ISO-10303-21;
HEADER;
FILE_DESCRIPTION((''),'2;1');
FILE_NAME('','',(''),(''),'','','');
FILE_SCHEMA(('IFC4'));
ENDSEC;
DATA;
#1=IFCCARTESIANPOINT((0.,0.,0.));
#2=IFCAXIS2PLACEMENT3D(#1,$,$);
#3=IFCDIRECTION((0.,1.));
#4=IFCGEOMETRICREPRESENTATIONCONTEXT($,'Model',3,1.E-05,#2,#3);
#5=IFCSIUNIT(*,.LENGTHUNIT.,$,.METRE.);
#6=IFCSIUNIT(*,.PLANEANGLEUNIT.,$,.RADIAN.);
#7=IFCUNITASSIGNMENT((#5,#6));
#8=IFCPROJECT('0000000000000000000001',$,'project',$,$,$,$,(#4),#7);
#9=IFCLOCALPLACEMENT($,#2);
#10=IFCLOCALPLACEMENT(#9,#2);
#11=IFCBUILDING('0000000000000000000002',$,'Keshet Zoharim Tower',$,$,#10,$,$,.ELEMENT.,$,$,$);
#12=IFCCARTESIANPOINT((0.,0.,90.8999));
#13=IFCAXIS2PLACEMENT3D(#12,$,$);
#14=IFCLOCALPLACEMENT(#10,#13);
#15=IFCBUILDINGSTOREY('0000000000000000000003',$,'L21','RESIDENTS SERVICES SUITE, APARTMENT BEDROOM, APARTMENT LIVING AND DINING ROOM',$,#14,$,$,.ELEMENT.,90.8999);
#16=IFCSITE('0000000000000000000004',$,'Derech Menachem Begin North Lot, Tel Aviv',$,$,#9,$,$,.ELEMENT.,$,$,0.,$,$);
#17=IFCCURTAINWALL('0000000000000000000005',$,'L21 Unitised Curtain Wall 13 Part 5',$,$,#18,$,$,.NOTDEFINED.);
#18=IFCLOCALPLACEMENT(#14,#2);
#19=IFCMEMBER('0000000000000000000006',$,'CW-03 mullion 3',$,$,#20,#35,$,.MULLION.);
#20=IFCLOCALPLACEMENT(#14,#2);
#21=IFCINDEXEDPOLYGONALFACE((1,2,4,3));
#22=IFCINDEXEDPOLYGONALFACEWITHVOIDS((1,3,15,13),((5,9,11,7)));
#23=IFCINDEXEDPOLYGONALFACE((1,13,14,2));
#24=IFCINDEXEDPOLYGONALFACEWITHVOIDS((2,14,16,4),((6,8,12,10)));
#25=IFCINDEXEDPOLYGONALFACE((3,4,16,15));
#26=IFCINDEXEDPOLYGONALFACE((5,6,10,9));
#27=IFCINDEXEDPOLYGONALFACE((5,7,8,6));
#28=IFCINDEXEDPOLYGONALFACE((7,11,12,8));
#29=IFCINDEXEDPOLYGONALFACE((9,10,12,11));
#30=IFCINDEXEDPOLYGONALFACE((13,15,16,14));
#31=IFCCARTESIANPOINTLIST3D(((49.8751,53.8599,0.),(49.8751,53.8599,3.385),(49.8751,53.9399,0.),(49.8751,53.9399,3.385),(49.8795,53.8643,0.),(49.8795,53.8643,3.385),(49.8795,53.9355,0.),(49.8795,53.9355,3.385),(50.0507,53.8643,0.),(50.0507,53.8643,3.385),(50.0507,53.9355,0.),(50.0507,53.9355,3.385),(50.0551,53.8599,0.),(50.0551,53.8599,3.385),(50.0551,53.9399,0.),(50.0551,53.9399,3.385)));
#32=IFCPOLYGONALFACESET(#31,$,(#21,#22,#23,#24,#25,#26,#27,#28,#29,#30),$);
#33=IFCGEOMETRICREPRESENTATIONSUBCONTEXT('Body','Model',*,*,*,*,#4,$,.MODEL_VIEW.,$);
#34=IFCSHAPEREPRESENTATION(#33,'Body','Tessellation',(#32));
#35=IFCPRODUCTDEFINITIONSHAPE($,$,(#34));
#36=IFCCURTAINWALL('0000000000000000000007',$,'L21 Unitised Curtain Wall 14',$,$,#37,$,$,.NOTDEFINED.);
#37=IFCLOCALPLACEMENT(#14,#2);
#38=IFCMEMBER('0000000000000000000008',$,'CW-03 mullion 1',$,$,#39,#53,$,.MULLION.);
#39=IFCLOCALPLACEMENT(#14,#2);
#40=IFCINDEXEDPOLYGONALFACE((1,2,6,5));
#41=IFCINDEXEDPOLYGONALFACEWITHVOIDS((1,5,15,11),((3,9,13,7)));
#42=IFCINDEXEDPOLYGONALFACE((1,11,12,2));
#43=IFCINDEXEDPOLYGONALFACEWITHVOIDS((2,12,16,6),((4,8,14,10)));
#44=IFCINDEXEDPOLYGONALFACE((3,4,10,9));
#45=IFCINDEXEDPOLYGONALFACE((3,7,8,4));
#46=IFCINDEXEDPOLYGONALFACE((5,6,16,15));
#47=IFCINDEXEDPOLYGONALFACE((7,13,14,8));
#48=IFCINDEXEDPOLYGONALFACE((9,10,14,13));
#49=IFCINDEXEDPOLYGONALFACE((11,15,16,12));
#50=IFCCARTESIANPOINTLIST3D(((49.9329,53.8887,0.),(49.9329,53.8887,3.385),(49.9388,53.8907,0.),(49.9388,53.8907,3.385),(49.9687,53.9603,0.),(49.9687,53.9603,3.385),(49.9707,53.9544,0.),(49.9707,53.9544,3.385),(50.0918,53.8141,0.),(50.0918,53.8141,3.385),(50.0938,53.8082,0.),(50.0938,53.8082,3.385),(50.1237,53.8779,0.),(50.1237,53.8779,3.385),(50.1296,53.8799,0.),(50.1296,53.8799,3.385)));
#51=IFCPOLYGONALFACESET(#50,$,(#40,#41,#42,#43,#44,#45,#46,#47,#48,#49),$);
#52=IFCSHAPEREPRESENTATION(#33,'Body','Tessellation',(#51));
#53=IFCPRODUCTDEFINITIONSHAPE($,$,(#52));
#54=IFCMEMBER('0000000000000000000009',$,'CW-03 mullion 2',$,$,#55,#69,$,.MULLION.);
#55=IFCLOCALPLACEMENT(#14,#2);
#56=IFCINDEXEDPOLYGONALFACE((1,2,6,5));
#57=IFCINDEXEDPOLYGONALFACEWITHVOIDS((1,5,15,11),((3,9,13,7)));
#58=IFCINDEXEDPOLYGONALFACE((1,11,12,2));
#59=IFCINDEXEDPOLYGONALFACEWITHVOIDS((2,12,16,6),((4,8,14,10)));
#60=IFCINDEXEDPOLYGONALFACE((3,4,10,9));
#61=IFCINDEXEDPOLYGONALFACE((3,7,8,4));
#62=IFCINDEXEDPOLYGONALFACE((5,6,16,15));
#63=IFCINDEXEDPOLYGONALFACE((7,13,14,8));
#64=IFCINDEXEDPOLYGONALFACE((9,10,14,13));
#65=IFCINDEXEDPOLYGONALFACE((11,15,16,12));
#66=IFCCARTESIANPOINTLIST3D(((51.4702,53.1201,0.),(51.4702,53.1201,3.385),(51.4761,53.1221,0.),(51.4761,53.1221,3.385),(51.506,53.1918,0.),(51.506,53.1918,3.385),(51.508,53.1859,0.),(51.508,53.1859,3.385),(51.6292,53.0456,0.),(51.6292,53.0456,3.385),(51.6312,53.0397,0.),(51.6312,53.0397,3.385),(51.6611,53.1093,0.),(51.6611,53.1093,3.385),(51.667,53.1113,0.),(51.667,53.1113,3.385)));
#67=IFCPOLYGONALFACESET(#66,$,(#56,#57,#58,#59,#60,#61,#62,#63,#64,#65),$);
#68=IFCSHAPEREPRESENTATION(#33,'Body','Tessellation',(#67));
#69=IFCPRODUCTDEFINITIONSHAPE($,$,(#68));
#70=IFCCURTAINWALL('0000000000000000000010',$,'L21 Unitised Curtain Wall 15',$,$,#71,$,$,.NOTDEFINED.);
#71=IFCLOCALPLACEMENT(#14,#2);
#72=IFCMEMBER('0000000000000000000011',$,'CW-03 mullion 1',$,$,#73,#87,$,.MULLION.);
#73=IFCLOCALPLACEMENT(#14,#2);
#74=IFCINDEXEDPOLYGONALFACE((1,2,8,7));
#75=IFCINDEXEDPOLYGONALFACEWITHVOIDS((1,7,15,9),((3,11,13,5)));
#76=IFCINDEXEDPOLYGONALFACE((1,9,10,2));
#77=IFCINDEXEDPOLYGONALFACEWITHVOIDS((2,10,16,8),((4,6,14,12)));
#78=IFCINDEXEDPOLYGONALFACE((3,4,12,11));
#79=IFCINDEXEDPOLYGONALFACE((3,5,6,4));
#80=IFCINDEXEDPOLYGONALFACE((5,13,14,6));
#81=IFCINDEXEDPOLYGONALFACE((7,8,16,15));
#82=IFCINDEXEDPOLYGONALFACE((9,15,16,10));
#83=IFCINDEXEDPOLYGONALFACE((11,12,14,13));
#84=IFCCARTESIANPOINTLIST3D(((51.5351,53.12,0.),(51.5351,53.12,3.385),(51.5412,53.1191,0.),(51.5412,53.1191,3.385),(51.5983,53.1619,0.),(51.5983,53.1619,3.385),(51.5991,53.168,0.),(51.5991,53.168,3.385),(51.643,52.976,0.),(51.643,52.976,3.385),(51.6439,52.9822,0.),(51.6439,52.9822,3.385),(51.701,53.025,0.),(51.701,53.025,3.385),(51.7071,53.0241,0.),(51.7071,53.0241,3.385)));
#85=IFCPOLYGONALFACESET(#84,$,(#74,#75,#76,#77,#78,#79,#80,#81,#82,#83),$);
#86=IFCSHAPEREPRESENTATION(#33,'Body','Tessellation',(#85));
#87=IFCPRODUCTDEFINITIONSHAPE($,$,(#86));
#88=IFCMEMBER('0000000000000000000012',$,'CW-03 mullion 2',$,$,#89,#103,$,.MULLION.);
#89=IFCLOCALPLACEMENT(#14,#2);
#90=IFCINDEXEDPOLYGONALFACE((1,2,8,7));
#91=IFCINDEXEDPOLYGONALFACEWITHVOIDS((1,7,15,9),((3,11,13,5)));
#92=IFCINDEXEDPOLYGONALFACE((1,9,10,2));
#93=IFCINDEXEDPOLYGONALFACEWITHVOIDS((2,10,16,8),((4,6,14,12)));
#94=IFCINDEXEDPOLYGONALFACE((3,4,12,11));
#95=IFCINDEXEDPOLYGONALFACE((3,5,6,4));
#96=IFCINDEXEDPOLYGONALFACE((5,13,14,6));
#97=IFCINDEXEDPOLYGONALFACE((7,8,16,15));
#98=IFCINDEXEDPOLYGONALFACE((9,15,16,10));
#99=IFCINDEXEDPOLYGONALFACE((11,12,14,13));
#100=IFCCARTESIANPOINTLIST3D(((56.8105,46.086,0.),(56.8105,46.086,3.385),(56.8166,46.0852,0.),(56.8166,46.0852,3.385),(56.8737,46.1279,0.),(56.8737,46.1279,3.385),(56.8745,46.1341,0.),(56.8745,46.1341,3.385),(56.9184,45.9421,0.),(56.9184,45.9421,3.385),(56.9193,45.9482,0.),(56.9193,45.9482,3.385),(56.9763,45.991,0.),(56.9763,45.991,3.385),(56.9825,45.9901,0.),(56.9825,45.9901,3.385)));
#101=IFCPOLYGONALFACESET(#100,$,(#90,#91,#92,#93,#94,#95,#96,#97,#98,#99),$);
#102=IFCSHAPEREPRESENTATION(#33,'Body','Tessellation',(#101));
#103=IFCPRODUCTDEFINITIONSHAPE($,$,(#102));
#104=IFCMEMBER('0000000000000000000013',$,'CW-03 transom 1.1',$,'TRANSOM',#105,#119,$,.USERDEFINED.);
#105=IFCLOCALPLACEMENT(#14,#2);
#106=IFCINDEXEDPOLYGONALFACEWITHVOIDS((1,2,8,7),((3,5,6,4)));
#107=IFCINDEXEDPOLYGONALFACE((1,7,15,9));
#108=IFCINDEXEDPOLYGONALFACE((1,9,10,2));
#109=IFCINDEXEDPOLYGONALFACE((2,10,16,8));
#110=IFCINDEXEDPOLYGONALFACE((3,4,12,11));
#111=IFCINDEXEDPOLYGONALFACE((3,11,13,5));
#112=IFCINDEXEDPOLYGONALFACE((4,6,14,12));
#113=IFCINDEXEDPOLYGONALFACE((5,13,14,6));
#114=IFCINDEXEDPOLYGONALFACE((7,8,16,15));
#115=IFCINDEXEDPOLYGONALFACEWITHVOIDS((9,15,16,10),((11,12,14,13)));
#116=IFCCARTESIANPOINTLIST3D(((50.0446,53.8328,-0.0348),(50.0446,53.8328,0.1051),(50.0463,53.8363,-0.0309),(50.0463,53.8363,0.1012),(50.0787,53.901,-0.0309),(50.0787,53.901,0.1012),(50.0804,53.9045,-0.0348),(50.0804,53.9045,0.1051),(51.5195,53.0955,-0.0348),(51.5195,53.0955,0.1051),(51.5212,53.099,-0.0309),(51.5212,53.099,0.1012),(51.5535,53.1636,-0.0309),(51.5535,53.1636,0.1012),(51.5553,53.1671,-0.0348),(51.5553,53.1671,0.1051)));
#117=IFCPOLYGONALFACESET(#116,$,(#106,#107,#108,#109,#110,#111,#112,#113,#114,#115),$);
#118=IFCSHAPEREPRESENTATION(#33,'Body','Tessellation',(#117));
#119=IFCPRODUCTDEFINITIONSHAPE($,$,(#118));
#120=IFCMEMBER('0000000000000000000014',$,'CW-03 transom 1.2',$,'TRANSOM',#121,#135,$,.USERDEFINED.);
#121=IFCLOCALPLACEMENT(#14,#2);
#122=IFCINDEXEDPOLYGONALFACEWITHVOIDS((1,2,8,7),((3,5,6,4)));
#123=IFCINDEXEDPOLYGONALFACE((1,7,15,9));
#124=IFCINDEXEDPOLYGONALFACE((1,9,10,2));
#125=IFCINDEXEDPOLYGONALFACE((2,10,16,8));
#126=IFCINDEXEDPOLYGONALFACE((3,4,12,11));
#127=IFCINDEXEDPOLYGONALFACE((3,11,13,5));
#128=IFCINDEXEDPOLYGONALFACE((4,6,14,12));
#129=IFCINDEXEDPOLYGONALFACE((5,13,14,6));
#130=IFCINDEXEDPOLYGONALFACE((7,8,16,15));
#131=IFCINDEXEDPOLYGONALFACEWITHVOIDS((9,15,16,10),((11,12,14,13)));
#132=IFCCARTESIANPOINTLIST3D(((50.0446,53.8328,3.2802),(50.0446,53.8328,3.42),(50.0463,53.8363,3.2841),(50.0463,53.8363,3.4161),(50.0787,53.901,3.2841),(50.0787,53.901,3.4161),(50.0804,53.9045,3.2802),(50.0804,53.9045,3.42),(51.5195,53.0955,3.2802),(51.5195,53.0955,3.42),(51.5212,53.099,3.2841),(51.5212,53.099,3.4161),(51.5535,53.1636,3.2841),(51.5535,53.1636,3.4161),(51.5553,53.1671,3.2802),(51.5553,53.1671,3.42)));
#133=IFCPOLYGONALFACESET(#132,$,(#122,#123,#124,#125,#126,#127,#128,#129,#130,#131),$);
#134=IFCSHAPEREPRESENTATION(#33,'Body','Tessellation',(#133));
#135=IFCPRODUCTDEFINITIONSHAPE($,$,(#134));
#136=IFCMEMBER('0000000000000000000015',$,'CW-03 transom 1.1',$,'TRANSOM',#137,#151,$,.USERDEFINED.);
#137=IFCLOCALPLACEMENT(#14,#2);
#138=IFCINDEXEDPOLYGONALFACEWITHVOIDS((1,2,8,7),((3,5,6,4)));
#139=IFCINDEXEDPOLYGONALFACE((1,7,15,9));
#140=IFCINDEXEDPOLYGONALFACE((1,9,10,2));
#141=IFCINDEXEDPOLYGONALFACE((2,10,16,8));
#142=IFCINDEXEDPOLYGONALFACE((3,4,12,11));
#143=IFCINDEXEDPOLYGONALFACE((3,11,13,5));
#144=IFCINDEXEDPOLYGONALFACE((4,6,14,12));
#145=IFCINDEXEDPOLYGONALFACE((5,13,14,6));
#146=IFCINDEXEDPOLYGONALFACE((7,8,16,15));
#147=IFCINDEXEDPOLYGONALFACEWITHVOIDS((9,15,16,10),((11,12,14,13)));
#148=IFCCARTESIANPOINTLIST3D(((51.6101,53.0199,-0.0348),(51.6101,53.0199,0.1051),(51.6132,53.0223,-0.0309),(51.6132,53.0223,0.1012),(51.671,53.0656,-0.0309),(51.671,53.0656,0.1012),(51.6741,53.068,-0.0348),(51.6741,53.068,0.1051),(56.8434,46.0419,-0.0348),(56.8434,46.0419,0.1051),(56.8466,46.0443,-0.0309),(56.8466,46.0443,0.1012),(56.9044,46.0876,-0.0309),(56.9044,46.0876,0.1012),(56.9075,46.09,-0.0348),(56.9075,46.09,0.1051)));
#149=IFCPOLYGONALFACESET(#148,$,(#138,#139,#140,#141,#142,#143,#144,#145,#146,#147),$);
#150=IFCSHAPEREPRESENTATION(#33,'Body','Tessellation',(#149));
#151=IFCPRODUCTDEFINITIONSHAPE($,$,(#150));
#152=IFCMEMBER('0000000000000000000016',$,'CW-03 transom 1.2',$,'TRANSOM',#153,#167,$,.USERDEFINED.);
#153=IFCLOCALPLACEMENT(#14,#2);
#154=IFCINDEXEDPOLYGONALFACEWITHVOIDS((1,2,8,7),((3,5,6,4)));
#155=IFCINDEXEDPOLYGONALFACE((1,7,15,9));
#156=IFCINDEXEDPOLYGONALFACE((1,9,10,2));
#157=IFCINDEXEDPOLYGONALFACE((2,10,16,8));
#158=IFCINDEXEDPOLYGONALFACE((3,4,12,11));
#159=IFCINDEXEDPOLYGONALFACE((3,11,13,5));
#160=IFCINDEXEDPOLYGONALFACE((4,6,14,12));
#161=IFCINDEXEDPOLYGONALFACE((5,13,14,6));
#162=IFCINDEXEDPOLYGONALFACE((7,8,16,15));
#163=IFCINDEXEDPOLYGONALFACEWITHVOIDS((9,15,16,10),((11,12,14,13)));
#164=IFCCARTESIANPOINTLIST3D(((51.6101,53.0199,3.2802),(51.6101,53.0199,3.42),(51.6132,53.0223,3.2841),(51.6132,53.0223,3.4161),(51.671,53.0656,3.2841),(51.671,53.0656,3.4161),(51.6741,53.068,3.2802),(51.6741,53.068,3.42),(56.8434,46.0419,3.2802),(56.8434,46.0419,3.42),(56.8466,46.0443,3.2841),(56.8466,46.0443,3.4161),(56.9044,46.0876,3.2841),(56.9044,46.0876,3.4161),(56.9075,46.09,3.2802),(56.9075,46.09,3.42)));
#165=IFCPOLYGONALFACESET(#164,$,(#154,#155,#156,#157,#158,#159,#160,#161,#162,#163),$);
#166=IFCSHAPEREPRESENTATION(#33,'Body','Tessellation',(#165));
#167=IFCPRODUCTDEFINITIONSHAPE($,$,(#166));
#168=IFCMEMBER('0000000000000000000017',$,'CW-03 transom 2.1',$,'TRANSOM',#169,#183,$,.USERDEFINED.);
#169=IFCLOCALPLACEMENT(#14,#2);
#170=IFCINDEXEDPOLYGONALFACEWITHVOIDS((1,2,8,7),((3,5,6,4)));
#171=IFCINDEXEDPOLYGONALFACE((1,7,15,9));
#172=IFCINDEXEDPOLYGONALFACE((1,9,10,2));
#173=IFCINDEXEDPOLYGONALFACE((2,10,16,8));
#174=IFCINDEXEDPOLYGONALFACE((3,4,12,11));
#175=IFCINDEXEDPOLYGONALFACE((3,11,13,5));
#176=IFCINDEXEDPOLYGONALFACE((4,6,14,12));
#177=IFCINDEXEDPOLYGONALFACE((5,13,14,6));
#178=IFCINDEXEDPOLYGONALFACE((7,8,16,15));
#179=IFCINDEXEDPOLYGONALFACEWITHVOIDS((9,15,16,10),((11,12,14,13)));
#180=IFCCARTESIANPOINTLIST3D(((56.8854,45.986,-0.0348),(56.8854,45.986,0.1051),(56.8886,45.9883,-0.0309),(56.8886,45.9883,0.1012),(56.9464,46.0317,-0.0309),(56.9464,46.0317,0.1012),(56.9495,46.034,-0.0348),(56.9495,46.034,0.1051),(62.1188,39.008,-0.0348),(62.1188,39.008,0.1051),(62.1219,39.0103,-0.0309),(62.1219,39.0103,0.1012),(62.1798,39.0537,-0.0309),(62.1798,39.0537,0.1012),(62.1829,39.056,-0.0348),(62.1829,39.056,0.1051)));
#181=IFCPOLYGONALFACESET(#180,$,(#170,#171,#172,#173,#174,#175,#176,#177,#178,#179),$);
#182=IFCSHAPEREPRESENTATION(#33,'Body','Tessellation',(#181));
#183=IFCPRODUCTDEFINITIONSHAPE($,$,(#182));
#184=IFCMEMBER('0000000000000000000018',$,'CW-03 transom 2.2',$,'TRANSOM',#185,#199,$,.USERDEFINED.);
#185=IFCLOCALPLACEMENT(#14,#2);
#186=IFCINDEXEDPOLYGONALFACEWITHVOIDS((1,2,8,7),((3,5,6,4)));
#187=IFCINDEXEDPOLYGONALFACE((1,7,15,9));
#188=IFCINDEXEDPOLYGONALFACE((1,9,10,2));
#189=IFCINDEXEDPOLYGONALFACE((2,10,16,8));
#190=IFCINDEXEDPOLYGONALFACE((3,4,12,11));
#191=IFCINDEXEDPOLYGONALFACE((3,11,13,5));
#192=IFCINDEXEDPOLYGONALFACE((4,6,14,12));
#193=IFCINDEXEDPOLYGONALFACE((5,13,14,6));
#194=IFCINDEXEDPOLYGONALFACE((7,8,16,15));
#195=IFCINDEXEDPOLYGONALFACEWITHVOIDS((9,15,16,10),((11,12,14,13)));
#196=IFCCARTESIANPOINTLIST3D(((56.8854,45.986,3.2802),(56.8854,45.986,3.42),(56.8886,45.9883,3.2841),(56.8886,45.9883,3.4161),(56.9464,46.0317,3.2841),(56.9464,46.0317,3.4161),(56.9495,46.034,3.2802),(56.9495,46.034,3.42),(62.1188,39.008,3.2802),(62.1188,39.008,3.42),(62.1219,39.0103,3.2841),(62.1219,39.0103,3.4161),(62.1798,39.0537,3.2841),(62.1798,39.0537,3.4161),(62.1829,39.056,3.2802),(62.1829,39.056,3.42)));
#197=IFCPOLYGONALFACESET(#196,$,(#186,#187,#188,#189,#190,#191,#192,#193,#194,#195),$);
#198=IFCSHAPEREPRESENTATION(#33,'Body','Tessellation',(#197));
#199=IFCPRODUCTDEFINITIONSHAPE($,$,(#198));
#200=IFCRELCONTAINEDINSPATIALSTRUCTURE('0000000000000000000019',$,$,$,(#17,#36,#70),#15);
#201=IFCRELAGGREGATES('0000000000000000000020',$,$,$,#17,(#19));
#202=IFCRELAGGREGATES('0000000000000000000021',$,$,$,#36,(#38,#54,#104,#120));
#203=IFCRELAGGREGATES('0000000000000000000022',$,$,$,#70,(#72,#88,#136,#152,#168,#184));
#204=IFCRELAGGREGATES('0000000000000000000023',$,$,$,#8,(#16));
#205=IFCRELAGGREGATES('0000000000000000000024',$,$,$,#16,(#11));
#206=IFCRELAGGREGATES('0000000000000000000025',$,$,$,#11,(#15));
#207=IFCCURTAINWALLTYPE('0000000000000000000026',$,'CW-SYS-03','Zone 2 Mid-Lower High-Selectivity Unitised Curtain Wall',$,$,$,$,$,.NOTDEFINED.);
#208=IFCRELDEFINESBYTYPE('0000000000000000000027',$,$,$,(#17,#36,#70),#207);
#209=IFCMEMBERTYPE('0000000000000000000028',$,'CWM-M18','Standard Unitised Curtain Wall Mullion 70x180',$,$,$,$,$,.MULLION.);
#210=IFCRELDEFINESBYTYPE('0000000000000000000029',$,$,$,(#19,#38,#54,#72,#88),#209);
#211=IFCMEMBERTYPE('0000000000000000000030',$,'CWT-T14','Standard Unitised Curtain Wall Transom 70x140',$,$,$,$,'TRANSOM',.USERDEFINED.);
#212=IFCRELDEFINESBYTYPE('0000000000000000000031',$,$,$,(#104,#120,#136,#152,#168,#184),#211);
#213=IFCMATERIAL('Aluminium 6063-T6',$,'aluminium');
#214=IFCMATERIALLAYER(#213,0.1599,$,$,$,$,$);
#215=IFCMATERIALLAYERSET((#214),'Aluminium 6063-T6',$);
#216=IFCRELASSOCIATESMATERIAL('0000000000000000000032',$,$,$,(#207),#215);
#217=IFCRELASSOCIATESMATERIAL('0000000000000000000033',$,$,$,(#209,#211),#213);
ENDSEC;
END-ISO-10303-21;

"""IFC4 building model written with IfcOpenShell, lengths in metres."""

from ifc_helpers import new_model, si_unit, direction, frame, origin, origin_2d, place, context, subcontext, project, spatial, hollow_rectangle, extrude, material, layer, layer_set, material_profile, profile_set, type_object, element, aggregate, save


model = new_model("IFC4")

# Units and contexts
model_context = context("Model", 3, precision=1e-05, world=origin(), true_north=direction((0.0, 1.0)))
body_context = subcontext(model_context, "Body", "Model", "MODEL_VIEW")
ifc_project = project(units=[si_unit("LENGTHUNIT", "METRE"), si_unit("PLANEANGLEUNIT", "RADIAN")], contexts=[model_context])

# Site, building, storey
site_placement = place(None, origin())
site = spatial("IfcSite", under=ifc_project, at=site_placement, Name="Derech Menachem Begin North Lot, Tel Aviv", CompositionType="ELEMENT", RefElevation=0.0)
building_placement = place(site_placement, origin())
building = spatial("IfcBuilding", under=site, at=building_placement, Name="Keshet Zoharim Tower", CompositionType="ELEMENT")
storey_placement = place(building_placement, frame((0.0, 0.0, 90.8999)))
storey = spatial("IfcBuildingStorey", under=building, at=storey_placement, Name="L21", Description="RESIDENTS SERVICES SUITE, APARTMENT BEDROOM, APARTMENT LIVING AND DINING ROOM", CompositionType="ELEMENT", Elevation=90.8999)

# Curtain wall, member
ifc_material_1 = material(Name="Aluminium 6063-T6", Category="aluminium")
ifc_layer_1 = layer(ifc_material_1, 0.1599)
ifc_layer_set_1 = layer_set([ifc_layer_1], Name="Aluminium 6063-T6")
curtain_wall_type = type_object("IfcCurtainWallType", Name="CW-SYS-03", Description="Zone 2 Mid-Lower High-Selectivity Unitised Curtain Wall", PredefinedType="NOTDEFINED", material=ifc_layer_set_1)
curtain_wall_1_placement = place(storey_placement, origin())
curtain_wall_1 = element("IfcCurtainWall", 1, at=curtain_wall_1_placement, inside=storey, type_object=curtain_wall_type, Name="L21 Unitised Curtain Wall 13 Part 5", PredefinedType="NOTDEFINED")
ifc_material_profile_1 = material_profile(ifc_material_1, hollow_rectangle(XDim=0.0801, YDim=0.1799, WallThickness=0.0044, at=origin_2d()), Name="MUL-80x180")
ifc_profile_set_1 = profile_set([ifc_material_profile_1], Name="Aluminium 6063-T6")
member_type_1 = type_object("IfcMemberType", Name="CWM-M18", Description="Standard Unitised Curtain Wall Mullion 70x180", PredefinedType="MULLION", material=ifc_profile_set_1)
member_1_placement = place(storey_placement, frame((49.9651, 53.8999, 0.0), z_axis=(0.0, 0.0, 1.0), x_axis=(0.0, 1.0, 0.0)))
member_1 = element("IfcMember", 2, at=member_1_placement, type_object=member_type_1, Name="CW-03 mullion 3", PredefinedType="MULLION", context=body_context, shape_type="SweptSolid", body=[
    extrude(hollow_rectangle(XDim=0.0801, YDim=0.1799, WallThickness=0.0044, at=origin_2d()), origin(), (0.0, 0.0, 1.0), 3.385),
])

# Curtain walls, members
curtain_wall_2_placement = place(storey_placement, origin())
curtain_wall_2 = element("IfcCurtainWall", 3, at=curtain_wall_2_placement, inside=storey, type_object=curtain_wall_type, Name="L21 Unitised Curtain Wall 14", PredefinedType="NOTDEFINED")
member_2_placement = place(storey_placement, frame((50.0312, 53.8843, 0.0), z_axis=(0.0, 0.0, 1.0), x_axis=(0.447214, 0.894427, 0.0)))
member_2 = element("IfcMember", 4, at=member_2_placement, type_object=member_type_1, Name="CW-03 mullion 1", PredefinedType="MULLION", context=body_context, shape_type="SweptSolid", body=[
    extrude(hollow_rectangle(XDim=0.0801, YDim=0.1799, WallThickness=0.0044, at=origin_2d()), origin(), (0.0, 0.0, 1.0), 3.385),
])
member_3_placement = place(storey_placement, frame((51.5686, 53.1157, 0.0), z_axis=(0.0, 0.0, 1.0), x_axis=(0.447214, 0.894427, 0.0)))
member_3 = element("IfcMember", 5, at=member_3_placement, type_object=member_type_1, Name="CW-03 mullion 2", PredefinedType="MULLION", context=body_context, shape_type="SweptSolid", body=[
    extrude(hollow_rectangle(XDim=0.0801, YDim=0.1799, WallThickness=0.0044, at=origin_2d()), origin(), (0.0, 0.0, 1.0), 3.385),
])
curtain_wall_3_placement = place(storey_placement, origin())
curtain_wall_3 = element("IfcCurtainWall", 6, at=curtain_wall_3_placement, inside=storey, type_object=curtain_wall_type, Name="L21 Unitised Curtain Wall 15", PredefinedType="NOTDEFINED")
member_4_placement = place(storey_placement, frame((51.6211, 53.072, 0.0), z_axis=(0.0, 0.0, 1.0), x_axis=(0.8, 0.6, 0.0)))
member_4 = element("IfcMember", 7, at=member_4_placement, type_object=member_type_1, Name="CW-03 mullion 1", PredefinedType="MULLION", context=body_context, shape_type="SweptSolid", body=[
    extrude(hollow_rectangle(XDim=0.0801, YDim=0.1799, WallThickness=0.0044, at=origin_2d()), origin(), (0.0, 0.0, 1.0), 3.385),
])
member_5_placement = place(storey_placement, frame((56.8965, 46.0381, 0.0), z_axis=(0.0, 0.0, 1.0), x_axis=(0.8, 0.6, 0.0)))
member_5 = element("IfcMember", 8, at=member_5_placement, type_object=member_type_1, Name="CW-03 mullion 2", PredefinedType="MULLION", context=body_context, shape_type="SweptSolid", body=[
    extrude(hollow_rectangle(XDim=0.0801, YDim=0.1799, WallThickness=0.0044, at=origin_2d()), origin(), (0.0, 0.0, 1.0), 3.385),
])

# Members
ifc_material_profile_2 = material_profile(ifc_material_1, hollow_rectangle(XDim=0.0801, YDim=0.1399, WallThickness=0.0039, at=origin_2d()), Name="TRN-80x140")
ifc_profile_set_2 = profile_set([ifc_material_profile_2], Name="Aluminium 6063-T6")
member_type_2 = type_object("IfcMemberType", Name="CWT-T14", Description="Standard Unitised Curtain Wall Transom 70x140", ElementType="TRANSOM", PredefinedType="USERDEFINED", material=ifc_profile_set_2)
member_6_placement = place(storey_placement, frame((50.0625, 53.8687, 0.0352), z_axis=(0.894457, -0.447154, 0.0), x_axis=(0.447154, 0.894457, 0.0)))
member_6 = element("IfcMember", 9, at=member_6_placement, type_object=member_type_2, Name="CW-03 transom 1.1", ObjectType="TRANSOM", PredefinedType="USERDEFINED", context=body_context, shape_type="SweptSolid", body=[
    extrude(hollow_rectangle(XDim=0.0801, YDim=0.1399, WallThickness=0.0039, at=origin_2d()), origin(), (0.0, 0.0, 1.0), 1.6489),
])
member_7_placement = place(storey_placement, frame((50.0625, 53.8687, 3.3501), z_axis=(0.894457, -0.447154, 0.0), x_axis=(0.447154, 0.894457, 0.0)))
member_7 = element("IfcMember", 10, at=member_7_placement, type_object=member_type_2, Name="CW-03 transom 1.2", ObjectType="TRANSOM", PredefinedType="USERDEFINED", context=body_context, shape_type="SweptSolid", body=[
    extrude(hollow_rectangle(XDim=0.0801, YDim=0.1399, WallThickness=0.0039, at=origin_2d()), origin(), (0.0, 0.0, 1.0), 1.6489),
])
member_8_placement = place(storey_placement, frame((51.6421, 53.0439, 0.0352), z_axis=(0.599991, -0.800007, 0.0), x_axis=(0.800007, 0.599991, 0.0)))
member_8 = element("IfcMember", 11, at=member_8_placement, type_object=member_type_2, Name="CW-03 transom 1.1", ObjectType="TRANSOM", PredefinedType="USERDEFINED", context=body_context, shape_type="SweptSolid", body=[
    extrude(hollow_rectangle(XDim=0.0801, YDim=0.1399, WallThickness=0.0039, at=origin_2d()), origin(), (0.0, 0.0, 1.0), 8.7224),
])
member_9_placement = place(storey_placement, frame((51.6421, 53.0439, 3.3501), z_axis=(0.599991, -0.800007, 0.0), x_axis=(0.800007, 0.599991, 0.0)))
member_9 = element("IfcMember", 12, at=member_9_placement, type_object=member_type_2, Name="CW-03 transom 1.2", ObjectType="TRANSOM", PredefinedType="USERDEFINED", context=body_context, shape_type="SweptSolid", body=[
    extrude(hollow_rectangle(XDim=0.0801, YDim=0.1399, WallThickness=0.0039, at=origin_2d()), origin(), (0.0, 0.0, 1.0), 8.7224),
])
member_10_placement = place(storey_placement, frame((56.9175, 46.01, 0.0352), z_axis=(0.599991, -0.800007, 0.0), x_axis=(0.800007, 0.599991, 0.0)))
member_10 = element("IfcMember", 13, at=member_10_placement, type_object=member_type_2, Name="CW-03 transom 2.1", ObjectType="TRANSOM", PredefinedType="USERDEFINED", context=body_context, shape_type="SweptSolid", body=[
    extrude(hollow_rectangle(XDim=0.0801, YDim=0.1399, WallThickness=0.0039, at=origin_2d()), origin(), (0.0, 0.0, 1.0), 8.7224),
])
member_11_placement = place(storey_placement, frame((56.9175, 46.01, 3.3501), z_axis=(0.599991, -0.800007, 0.0), x_axis=(0.800007, 0.599991, 0.0)))
member_11 = element("IfcMember", 14, at=member_11_placement, type_object=member_type_2, Name="CW-03 transom 2.2", ObjectType="TRANSOM", PredefinedType="USERDEFINED", context=body_context, shape_type="SweptSolid", body=[
    extrude(hollow_rectangle(XDim=0.0801, YDim=0.1399, WallThickness=0.0039, at=origin_2d()), origin(), (0.0, 0.0, 1.0), 8.7224),
])

aggregate(curtain_wall_1, [member_1])
aggregate(curtain_wall_2, [member_2, member_3, member_6, member_7])
aggregate(curtain_wall_3, [member_4, member_5, member_8, member_9, member_10, member_11])

save(model, "model.ifc")
